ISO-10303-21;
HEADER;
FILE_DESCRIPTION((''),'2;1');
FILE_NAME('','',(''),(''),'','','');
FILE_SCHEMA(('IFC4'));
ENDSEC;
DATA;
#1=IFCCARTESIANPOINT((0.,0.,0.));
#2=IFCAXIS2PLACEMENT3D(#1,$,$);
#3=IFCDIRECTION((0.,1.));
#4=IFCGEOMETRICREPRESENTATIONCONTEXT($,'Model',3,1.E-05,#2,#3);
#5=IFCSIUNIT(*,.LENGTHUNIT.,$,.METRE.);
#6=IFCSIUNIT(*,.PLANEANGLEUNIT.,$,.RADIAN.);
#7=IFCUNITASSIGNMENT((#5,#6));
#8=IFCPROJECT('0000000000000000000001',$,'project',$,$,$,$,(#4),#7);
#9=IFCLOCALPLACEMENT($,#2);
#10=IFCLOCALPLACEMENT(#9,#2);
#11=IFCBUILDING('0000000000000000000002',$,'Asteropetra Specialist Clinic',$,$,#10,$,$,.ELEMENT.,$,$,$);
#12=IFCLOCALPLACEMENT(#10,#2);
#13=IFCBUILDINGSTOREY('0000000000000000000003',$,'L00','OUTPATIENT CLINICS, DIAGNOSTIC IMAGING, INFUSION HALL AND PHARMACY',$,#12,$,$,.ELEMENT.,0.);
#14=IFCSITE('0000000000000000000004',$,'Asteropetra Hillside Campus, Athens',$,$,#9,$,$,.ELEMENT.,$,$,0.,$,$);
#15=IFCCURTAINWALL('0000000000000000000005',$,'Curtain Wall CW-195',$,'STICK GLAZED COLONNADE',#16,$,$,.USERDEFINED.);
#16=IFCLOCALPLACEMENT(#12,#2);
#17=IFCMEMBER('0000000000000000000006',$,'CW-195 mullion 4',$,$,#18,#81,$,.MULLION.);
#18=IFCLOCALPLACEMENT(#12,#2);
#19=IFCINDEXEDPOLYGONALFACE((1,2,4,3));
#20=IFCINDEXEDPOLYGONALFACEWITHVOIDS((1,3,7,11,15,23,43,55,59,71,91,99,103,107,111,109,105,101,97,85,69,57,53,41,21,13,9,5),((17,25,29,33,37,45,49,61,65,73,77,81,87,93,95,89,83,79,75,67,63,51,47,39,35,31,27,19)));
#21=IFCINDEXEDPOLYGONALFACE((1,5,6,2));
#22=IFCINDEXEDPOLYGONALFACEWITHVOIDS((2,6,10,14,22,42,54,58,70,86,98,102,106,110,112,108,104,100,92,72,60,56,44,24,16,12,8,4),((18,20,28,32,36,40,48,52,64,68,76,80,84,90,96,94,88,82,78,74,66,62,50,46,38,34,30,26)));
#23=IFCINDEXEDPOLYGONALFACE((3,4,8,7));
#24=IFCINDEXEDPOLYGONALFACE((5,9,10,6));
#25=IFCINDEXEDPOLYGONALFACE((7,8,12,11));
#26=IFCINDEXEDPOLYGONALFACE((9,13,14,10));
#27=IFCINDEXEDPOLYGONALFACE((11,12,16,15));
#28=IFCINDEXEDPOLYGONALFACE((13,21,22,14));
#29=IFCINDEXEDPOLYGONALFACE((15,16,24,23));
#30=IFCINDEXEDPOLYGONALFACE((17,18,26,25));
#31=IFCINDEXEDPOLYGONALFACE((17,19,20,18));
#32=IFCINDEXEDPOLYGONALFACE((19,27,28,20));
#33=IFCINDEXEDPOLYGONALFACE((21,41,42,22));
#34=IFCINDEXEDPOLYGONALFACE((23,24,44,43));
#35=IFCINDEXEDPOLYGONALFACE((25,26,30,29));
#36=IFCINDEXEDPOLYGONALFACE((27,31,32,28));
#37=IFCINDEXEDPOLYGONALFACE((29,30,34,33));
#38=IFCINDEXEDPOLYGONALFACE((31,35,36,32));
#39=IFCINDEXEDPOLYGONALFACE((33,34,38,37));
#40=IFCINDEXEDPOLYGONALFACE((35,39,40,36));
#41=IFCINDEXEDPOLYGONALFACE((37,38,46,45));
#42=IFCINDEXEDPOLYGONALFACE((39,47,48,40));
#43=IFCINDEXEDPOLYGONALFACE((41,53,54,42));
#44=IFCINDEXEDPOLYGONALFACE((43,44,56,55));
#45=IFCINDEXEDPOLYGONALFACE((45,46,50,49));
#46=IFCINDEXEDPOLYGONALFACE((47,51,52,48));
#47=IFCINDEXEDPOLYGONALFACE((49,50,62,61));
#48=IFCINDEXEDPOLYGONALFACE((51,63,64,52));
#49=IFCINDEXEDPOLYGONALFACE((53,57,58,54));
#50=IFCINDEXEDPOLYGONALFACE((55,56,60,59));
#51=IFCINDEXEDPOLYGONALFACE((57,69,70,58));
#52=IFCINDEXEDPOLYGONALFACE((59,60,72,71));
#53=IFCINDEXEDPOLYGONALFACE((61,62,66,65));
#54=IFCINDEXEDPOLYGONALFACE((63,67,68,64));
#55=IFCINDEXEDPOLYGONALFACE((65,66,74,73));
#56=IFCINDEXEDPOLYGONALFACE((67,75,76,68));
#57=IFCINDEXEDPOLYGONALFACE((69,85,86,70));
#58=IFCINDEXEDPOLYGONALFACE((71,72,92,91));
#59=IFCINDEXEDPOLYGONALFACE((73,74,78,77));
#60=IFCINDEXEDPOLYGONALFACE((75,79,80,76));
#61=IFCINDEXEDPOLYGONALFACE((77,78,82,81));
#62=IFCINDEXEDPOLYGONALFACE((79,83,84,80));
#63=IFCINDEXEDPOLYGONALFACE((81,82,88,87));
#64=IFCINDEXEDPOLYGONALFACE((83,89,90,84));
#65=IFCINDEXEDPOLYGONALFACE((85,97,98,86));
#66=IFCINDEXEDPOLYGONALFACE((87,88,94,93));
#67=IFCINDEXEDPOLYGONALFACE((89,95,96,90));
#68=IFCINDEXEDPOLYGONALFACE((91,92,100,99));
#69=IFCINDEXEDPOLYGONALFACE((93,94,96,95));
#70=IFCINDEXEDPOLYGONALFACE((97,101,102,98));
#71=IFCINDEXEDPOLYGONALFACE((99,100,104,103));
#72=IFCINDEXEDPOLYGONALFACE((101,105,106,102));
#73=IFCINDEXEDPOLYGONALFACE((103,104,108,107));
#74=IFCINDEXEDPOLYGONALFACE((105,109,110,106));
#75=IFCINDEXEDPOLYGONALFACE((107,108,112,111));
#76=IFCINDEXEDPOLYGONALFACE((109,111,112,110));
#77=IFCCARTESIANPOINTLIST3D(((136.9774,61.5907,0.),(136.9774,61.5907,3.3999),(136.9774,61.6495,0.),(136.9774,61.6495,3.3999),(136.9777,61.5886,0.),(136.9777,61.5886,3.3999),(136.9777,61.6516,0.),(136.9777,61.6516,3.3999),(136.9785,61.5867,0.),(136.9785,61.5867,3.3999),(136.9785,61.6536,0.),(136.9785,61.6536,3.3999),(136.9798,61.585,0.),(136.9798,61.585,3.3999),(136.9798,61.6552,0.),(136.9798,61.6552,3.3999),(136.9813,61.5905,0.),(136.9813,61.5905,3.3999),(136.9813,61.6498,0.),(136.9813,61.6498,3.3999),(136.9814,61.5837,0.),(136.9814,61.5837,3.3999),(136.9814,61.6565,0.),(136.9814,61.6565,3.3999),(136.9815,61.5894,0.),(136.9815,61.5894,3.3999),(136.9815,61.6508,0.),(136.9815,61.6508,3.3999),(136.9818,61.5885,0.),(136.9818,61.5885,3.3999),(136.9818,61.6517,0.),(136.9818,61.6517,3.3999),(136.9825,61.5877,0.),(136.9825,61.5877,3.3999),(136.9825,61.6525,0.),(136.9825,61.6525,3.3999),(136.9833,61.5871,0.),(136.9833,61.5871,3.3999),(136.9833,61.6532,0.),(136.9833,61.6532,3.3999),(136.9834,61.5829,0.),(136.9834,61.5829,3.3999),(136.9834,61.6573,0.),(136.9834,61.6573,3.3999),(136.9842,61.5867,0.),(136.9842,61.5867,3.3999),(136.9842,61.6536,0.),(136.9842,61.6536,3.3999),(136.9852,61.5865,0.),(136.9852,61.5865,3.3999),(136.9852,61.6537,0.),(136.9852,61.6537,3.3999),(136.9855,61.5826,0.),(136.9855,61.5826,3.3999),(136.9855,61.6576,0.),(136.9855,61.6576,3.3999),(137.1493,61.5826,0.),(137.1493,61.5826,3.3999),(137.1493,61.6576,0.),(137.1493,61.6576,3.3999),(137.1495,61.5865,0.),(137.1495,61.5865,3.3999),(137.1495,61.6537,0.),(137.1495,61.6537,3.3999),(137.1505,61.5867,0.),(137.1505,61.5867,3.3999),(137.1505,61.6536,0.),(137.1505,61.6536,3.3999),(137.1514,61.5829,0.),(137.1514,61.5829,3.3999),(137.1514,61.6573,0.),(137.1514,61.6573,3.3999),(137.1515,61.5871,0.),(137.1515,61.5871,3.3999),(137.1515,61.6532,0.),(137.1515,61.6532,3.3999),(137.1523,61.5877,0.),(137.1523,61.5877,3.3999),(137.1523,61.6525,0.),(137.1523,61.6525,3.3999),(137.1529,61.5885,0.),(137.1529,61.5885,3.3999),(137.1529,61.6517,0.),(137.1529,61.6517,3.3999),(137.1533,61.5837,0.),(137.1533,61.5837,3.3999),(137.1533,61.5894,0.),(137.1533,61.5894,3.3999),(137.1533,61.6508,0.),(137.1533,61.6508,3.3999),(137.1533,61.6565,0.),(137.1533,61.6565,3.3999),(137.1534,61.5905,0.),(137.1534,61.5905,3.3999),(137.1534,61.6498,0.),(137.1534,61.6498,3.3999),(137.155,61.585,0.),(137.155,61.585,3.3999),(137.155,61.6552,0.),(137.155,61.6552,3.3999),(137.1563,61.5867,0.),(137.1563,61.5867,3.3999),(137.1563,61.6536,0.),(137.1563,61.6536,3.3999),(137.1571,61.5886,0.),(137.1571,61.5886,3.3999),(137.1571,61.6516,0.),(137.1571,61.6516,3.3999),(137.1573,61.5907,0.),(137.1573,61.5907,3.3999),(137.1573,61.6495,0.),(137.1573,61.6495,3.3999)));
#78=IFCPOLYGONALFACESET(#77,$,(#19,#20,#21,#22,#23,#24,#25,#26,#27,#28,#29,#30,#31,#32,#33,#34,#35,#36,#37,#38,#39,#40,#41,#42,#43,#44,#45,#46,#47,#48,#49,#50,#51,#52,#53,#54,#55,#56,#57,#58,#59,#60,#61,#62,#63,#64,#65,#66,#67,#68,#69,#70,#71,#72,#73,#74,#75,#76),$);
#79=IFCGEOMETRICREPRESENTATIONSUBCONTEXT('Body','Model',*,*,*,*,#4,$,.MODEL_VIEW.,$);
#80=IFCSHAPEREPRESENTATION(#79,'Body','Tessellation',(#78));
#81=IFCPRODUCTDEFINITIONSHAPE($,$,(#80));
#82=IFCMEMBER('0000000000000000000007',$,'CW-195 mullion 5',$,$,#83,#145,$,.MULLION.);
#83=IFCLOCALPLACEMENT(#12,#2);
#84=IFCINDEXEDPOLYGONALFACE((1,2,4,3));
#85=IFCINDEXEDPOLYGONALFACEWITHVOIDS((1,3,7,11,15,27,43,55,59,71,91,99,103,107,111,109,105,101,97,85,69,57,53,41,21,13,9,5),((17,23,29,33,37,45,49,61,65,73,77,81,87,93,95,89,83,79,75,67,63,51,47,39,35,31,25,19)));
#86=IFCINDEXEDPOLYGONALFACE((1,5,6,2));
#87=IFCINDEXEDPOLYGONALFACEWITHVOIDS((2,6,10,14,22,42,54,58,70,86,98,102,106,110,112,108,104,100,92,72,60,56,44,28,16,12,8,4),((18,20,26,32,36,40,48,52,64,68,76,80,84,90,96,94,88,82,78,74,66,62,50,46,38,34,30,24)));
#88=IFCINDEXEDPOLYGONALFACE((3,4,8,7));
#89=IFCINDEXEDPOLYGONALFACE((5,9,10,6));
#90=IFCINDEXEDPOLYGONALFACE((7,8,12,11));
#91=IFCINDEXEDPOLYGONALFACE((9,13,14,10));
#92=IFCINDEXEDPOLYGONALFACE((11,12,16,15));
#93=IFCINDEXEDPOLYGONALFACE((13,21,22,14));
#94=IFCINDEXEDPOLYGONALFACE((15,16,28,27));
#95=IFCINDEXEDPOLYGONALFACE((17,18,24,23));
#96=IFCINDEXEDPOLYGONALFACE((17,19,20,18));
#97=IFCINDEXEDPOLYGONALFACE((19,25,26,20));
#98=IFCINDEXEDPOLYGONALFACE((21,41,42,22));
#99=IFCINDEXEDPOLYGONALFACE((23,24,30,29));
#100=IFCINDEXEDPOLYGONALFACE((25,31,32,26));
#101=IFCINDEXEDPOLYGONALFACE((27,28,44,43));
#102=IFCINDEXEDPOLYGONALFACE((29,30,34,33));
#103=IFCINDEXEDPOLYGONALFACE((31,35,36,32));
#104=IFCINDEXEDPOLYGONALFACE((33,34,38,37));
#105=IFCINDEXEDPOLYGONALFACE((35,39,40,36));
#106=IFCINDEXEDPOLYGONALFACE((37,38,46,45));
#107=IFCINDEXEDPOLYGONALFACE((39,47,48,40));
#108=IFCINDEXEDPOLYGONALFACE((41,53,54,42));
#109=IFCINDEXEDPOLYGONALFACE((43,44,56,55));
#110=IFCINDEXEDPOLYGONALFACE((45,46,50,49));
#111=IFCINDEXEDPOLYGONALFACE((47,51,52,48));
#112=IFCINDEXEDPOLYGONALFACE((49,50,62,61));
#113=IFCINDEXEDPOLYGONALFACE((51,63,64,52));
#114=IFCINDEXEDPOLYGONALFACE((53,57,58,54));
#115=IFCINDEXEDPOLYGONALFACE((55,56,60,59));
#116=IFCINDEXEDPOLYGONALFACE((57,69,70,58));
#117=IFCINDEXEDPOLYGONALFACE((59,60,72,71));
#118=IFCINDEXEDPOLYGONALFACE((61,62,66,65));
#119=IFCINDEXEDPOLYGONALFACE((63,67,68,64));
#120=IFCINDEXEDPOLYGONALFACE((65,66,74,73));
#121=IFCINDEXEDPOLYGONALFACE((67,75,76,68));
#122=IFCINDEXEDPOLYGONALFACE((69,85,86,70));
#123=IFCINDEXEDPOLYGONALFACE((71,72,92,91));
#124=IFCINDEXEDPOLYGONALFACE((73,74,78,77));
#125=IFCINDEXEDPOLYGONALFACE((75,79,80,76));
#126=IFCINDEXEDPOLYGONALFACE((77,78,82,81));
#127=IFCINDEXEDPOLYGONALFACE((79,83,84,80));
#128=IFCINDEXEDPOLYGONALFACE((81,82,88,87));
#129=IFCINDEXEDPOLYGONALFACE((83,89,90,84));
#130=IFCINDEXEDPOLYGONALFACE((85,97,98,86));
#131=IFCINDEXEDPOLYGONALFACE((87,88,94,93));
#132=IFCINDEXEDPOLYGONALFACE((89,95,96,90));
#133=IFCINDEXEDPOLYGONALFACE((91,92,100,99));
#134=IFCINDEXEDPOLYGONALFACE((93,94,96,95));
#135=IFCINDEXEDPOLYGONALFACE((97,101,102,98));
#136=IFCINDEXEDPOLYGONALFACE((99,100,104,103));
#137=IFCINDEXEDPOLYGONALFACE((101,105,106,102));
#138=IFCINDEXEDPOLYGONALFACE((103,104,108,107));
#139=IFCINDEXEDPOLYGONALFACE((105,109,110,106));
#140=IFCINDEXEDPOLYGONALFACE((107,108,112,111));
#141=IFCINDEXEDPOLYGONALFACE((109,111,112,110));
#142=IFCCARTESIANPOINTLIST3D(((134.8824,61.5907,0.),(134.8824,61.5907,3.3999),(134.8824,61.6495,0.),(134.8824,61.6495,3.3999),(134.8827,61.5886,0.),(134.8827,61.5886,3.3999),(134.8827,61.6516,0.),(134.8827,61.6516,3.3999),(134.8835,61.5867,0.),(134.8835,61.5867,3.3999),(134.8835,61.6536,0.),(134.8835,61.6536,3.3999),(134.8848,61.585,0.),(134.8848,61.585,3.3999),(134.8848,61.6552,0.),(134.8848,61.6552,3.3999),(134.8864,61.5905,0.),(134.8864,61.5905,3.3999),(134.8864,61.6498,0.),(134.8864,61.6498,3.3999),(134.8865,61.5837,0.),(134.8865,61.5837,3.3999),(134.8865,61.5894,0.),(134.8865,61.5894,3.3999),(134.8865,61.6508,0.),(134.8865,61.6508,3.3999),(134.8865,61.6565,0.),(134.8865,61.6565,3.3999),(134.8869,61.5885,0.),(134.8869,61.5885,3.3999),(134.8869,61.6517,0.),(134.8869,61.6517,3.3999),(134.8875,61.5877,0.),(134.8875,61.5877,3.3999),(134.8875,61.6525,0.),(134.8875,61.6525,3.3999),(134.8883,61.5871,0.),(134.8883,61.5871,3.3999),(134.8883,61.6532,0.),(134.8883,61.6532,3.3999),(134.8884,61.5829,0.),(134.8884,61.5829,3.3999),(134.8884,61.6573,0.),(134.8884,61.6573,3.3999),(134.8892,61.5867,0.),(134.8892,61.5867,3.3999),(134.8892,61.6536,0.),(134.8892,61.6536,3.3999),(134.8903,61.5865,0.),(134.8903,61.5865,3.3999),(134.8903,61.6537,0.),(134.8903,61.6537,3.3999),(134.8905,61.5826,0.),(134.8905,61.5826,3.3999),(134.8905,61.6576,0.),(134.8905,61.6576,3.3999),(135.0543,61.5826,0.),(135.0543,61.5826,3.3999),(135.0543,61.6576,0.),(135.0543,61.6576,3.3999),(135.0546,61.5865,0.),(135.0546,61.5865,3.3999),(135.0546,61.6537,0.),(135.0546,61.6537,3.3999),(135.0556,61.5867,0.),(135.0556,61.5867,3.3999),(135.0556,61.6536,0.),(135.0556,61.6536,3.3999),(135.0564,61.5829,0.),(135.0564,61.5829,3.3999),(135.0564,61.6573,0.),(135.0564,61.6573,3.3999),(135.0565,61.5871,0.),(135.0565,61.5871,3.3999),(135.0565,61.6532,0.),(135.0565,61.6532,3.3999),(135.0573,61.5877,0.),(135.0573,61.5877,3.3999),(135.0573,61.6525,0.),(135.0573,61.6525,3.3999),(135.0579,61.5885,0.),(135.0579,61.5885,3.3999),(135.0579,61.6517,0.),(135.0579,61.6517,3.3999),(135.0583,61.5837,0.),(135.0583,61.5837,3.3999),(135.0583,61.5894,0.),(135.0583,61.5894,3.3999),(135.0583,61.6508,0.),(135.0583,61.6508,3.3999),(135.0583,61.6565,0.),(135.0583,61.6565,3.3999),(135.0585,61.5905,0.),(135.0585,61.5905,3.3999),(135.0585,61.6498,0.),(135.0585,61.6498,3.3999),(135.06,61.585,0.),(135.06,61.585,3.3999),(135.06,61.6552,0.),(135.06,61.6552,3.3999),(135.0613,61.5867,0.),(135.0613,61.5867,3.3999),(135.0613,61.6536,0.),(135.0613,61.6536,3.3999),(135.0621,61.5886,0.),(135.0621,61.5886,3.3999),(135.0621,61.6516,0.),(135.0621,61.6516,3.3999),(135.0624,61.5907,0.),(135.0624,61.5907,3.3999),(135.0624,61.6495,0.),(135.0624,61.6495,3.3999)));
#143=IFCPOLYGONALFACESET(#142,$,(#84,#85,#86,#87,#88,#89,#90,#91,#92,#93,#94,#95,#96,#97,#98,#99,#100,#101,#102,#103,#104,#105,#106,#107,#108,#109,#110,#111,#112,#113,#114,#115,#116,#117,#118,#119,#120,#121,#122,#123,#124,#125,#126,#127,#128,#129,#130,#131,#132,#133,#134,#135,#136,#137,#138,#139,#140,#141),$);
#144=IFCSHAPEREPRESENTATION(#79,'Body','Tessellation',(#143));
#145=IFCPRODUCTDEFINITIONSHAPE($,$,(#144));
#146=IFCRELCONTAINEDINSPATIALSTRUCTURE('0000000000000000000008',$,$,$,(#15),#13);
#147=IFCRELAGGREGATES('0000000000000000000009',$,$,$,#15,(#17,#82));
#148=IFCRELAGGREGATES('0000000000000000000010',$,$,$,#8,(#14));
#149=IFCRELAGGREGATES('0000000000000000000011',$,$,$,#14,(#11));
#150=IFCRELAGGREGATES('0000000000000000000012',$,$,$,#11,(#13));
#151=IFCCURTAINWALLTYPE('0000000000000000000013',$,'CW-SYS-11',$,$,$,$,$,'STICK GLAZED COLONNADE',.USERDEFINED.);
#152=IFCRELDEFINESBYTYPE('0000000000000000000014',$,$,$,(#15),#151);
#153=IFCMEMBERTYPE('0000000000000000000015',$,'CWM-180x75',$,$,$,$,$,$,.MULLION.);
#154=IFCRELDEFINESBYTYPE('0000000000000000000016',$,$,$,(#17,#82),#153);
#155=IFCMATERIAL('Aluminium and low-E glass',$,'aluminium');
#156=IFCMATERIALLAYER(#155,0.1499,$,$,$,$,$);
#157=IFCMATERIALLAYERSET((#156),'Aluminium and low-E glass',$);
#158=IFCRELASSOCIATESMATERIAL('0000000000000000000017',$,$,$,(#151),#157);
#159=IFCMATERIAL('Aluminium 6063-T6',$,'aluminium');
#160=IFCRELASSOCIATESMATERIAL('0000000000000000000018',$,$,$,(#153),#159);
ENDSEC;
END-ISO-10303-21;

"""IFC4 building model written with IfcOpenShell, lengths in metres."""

from ifc_helpers import new_model, si_unit, direction, frame, origin, origin_2d, place, context, subcontext, project, spatial, hollow_rectangle, extrude, material, layer, layer_set, material_profile, profile_set, type_object, element, aggregate, save


model = new_model("IFC4")

# Units and contexts
model_context = context("Model", 3, precision=1e-05, world=origin(), true_north=direction((0.0, 1.0)))
body_context = subcontext(model_context, "Body", "Model", "MODEL_VIEW")
ifc_project = project(units=[si_unit("LENGTHUNIT", "METRE"), si_unit("PLANEANGLEUNIT", "RADIAN")], contexts=[model_context])

# Site, building, storey
site_placement = place(None, origin())
site = spatial("IfcSite", under=ifc_project, at=site_placement, Name="Asteropetra Hillside Campus, Athens", CompositionType="ELEMENT", RefElevation=0.0)
building_placement = place(site_placement, origin())
building = spatial("IfcBuilding", under=site, at=building_placement, Name="Asteropetra Specialist Clinic", CompositionType="ELEMENT")
storey_placement = place(building_placement, origin())
storey = spatial("IfcBuildingStorey", under=building, at=storey_placement, Name="L00", Description="OUTPATIENT CLINICS, DIAGNOSTIC IMAGING, INFUSION HALL AND PHARMACY", CompositionType="ELEMENT", Elevation=0.0)

# Curtain wall, members
ifc_material_1 = material(Name="Aluminium and low-E glass", Category="aluminium")
ifc_layer_1 = layer(ifc_material_1, 0.1499)
ifc_layer_set_1 = layer_set([ifc_layer_1], Name="Aluminium and low-E glass")
curtain_wall_type_1 = type_object("IfcCurtainWallType", Name="CW-SYS-11", ElementType="STICK GLAZED COLONNADE", PredefinedType="USERDEFINED", material=ifc_layer_set_1)
curtain_wall_1_placement = place(storey_placement, origin())
curtain_wall_1 = element("IfcCurtainWall", 1, at=curtain_wall_1_placement, inside=storey, type_object=curtain_wall_type_1, Name="Curtain Wall CW-195", ObjectType="STICK GLAZED COLONNADE", PredefinedType="USERDEFINED")
ifc_material_2 = material(Name="Aluminium 6063-T6", Category="aluminium")
ifc_material_profile_1 = material_profile(ifc_material_2, hollow_rectangle(XDim=0.075, YDim=0.1799, WallThickness=0.0039, InnerFilletRadius=0.0039, OuterFilletRadius=0.0081, at=origin_2d()), Name="MUL 180x75x4.0")
ifc_profile_set_1 = profile_set([ifc_material_profile_1], Name="Aluminium 6063-T6")
member_type_1 = type_object("IfcMemberType", Name="CWM-180x75", PredefinedType="MULLION", material=ifc_profile_set_1)
member_1_placement = place(storey_placement, frame((137.0674, 61.6201, 0.0), z_axis=(0.0, 0.0, 1.0), x_axis=(0.0, -1.0, 0.0)))
member_1 = element("IfcMember", 2, at=member_1_placement, type_object=member_type_1, Name="CW-195 mullion 4", PredefinedType="MULLION", context=body_context, shape_type="SweptSolid", body=[
    extrude(hollow_rectangle(XDim=0.075, YDim=0.1799, WallThickness=0.0039, InnerFilletRadius=0.0039, OuterFilletRadius=0.0081, at=origin_2d()), origin(), (0.0, 0.0, 1.0), 3.3999),
])
member_2_placement = place(storey_placement, frame((134.9724, 61.6201, 0.0), z_axis=(0.0, 0.0, 1.0), x_axis=(0.0, -1.0, 0.0)))
member_2 = element("IfcMember", 3, at=member_2_placement, type_object=member_type_1, Name="CW-195 mullion 5", PredefinedType="MULLION", context=body_context, shape_type="SweptSolid", body=[
    extrude(hollow_rectangle(XDim=0.075, YDim=0.1799, WallThickness=0.0039, InnerFilletRadius=0.0039, OuterFilletRadius=0.0081, at=origin_2d()), origin(), (0.0, 0.0, 1.0), 3.3999),
])

aggregate(curtain_wall_1, [member_1, member_2])

save(model, "model.ifc")
